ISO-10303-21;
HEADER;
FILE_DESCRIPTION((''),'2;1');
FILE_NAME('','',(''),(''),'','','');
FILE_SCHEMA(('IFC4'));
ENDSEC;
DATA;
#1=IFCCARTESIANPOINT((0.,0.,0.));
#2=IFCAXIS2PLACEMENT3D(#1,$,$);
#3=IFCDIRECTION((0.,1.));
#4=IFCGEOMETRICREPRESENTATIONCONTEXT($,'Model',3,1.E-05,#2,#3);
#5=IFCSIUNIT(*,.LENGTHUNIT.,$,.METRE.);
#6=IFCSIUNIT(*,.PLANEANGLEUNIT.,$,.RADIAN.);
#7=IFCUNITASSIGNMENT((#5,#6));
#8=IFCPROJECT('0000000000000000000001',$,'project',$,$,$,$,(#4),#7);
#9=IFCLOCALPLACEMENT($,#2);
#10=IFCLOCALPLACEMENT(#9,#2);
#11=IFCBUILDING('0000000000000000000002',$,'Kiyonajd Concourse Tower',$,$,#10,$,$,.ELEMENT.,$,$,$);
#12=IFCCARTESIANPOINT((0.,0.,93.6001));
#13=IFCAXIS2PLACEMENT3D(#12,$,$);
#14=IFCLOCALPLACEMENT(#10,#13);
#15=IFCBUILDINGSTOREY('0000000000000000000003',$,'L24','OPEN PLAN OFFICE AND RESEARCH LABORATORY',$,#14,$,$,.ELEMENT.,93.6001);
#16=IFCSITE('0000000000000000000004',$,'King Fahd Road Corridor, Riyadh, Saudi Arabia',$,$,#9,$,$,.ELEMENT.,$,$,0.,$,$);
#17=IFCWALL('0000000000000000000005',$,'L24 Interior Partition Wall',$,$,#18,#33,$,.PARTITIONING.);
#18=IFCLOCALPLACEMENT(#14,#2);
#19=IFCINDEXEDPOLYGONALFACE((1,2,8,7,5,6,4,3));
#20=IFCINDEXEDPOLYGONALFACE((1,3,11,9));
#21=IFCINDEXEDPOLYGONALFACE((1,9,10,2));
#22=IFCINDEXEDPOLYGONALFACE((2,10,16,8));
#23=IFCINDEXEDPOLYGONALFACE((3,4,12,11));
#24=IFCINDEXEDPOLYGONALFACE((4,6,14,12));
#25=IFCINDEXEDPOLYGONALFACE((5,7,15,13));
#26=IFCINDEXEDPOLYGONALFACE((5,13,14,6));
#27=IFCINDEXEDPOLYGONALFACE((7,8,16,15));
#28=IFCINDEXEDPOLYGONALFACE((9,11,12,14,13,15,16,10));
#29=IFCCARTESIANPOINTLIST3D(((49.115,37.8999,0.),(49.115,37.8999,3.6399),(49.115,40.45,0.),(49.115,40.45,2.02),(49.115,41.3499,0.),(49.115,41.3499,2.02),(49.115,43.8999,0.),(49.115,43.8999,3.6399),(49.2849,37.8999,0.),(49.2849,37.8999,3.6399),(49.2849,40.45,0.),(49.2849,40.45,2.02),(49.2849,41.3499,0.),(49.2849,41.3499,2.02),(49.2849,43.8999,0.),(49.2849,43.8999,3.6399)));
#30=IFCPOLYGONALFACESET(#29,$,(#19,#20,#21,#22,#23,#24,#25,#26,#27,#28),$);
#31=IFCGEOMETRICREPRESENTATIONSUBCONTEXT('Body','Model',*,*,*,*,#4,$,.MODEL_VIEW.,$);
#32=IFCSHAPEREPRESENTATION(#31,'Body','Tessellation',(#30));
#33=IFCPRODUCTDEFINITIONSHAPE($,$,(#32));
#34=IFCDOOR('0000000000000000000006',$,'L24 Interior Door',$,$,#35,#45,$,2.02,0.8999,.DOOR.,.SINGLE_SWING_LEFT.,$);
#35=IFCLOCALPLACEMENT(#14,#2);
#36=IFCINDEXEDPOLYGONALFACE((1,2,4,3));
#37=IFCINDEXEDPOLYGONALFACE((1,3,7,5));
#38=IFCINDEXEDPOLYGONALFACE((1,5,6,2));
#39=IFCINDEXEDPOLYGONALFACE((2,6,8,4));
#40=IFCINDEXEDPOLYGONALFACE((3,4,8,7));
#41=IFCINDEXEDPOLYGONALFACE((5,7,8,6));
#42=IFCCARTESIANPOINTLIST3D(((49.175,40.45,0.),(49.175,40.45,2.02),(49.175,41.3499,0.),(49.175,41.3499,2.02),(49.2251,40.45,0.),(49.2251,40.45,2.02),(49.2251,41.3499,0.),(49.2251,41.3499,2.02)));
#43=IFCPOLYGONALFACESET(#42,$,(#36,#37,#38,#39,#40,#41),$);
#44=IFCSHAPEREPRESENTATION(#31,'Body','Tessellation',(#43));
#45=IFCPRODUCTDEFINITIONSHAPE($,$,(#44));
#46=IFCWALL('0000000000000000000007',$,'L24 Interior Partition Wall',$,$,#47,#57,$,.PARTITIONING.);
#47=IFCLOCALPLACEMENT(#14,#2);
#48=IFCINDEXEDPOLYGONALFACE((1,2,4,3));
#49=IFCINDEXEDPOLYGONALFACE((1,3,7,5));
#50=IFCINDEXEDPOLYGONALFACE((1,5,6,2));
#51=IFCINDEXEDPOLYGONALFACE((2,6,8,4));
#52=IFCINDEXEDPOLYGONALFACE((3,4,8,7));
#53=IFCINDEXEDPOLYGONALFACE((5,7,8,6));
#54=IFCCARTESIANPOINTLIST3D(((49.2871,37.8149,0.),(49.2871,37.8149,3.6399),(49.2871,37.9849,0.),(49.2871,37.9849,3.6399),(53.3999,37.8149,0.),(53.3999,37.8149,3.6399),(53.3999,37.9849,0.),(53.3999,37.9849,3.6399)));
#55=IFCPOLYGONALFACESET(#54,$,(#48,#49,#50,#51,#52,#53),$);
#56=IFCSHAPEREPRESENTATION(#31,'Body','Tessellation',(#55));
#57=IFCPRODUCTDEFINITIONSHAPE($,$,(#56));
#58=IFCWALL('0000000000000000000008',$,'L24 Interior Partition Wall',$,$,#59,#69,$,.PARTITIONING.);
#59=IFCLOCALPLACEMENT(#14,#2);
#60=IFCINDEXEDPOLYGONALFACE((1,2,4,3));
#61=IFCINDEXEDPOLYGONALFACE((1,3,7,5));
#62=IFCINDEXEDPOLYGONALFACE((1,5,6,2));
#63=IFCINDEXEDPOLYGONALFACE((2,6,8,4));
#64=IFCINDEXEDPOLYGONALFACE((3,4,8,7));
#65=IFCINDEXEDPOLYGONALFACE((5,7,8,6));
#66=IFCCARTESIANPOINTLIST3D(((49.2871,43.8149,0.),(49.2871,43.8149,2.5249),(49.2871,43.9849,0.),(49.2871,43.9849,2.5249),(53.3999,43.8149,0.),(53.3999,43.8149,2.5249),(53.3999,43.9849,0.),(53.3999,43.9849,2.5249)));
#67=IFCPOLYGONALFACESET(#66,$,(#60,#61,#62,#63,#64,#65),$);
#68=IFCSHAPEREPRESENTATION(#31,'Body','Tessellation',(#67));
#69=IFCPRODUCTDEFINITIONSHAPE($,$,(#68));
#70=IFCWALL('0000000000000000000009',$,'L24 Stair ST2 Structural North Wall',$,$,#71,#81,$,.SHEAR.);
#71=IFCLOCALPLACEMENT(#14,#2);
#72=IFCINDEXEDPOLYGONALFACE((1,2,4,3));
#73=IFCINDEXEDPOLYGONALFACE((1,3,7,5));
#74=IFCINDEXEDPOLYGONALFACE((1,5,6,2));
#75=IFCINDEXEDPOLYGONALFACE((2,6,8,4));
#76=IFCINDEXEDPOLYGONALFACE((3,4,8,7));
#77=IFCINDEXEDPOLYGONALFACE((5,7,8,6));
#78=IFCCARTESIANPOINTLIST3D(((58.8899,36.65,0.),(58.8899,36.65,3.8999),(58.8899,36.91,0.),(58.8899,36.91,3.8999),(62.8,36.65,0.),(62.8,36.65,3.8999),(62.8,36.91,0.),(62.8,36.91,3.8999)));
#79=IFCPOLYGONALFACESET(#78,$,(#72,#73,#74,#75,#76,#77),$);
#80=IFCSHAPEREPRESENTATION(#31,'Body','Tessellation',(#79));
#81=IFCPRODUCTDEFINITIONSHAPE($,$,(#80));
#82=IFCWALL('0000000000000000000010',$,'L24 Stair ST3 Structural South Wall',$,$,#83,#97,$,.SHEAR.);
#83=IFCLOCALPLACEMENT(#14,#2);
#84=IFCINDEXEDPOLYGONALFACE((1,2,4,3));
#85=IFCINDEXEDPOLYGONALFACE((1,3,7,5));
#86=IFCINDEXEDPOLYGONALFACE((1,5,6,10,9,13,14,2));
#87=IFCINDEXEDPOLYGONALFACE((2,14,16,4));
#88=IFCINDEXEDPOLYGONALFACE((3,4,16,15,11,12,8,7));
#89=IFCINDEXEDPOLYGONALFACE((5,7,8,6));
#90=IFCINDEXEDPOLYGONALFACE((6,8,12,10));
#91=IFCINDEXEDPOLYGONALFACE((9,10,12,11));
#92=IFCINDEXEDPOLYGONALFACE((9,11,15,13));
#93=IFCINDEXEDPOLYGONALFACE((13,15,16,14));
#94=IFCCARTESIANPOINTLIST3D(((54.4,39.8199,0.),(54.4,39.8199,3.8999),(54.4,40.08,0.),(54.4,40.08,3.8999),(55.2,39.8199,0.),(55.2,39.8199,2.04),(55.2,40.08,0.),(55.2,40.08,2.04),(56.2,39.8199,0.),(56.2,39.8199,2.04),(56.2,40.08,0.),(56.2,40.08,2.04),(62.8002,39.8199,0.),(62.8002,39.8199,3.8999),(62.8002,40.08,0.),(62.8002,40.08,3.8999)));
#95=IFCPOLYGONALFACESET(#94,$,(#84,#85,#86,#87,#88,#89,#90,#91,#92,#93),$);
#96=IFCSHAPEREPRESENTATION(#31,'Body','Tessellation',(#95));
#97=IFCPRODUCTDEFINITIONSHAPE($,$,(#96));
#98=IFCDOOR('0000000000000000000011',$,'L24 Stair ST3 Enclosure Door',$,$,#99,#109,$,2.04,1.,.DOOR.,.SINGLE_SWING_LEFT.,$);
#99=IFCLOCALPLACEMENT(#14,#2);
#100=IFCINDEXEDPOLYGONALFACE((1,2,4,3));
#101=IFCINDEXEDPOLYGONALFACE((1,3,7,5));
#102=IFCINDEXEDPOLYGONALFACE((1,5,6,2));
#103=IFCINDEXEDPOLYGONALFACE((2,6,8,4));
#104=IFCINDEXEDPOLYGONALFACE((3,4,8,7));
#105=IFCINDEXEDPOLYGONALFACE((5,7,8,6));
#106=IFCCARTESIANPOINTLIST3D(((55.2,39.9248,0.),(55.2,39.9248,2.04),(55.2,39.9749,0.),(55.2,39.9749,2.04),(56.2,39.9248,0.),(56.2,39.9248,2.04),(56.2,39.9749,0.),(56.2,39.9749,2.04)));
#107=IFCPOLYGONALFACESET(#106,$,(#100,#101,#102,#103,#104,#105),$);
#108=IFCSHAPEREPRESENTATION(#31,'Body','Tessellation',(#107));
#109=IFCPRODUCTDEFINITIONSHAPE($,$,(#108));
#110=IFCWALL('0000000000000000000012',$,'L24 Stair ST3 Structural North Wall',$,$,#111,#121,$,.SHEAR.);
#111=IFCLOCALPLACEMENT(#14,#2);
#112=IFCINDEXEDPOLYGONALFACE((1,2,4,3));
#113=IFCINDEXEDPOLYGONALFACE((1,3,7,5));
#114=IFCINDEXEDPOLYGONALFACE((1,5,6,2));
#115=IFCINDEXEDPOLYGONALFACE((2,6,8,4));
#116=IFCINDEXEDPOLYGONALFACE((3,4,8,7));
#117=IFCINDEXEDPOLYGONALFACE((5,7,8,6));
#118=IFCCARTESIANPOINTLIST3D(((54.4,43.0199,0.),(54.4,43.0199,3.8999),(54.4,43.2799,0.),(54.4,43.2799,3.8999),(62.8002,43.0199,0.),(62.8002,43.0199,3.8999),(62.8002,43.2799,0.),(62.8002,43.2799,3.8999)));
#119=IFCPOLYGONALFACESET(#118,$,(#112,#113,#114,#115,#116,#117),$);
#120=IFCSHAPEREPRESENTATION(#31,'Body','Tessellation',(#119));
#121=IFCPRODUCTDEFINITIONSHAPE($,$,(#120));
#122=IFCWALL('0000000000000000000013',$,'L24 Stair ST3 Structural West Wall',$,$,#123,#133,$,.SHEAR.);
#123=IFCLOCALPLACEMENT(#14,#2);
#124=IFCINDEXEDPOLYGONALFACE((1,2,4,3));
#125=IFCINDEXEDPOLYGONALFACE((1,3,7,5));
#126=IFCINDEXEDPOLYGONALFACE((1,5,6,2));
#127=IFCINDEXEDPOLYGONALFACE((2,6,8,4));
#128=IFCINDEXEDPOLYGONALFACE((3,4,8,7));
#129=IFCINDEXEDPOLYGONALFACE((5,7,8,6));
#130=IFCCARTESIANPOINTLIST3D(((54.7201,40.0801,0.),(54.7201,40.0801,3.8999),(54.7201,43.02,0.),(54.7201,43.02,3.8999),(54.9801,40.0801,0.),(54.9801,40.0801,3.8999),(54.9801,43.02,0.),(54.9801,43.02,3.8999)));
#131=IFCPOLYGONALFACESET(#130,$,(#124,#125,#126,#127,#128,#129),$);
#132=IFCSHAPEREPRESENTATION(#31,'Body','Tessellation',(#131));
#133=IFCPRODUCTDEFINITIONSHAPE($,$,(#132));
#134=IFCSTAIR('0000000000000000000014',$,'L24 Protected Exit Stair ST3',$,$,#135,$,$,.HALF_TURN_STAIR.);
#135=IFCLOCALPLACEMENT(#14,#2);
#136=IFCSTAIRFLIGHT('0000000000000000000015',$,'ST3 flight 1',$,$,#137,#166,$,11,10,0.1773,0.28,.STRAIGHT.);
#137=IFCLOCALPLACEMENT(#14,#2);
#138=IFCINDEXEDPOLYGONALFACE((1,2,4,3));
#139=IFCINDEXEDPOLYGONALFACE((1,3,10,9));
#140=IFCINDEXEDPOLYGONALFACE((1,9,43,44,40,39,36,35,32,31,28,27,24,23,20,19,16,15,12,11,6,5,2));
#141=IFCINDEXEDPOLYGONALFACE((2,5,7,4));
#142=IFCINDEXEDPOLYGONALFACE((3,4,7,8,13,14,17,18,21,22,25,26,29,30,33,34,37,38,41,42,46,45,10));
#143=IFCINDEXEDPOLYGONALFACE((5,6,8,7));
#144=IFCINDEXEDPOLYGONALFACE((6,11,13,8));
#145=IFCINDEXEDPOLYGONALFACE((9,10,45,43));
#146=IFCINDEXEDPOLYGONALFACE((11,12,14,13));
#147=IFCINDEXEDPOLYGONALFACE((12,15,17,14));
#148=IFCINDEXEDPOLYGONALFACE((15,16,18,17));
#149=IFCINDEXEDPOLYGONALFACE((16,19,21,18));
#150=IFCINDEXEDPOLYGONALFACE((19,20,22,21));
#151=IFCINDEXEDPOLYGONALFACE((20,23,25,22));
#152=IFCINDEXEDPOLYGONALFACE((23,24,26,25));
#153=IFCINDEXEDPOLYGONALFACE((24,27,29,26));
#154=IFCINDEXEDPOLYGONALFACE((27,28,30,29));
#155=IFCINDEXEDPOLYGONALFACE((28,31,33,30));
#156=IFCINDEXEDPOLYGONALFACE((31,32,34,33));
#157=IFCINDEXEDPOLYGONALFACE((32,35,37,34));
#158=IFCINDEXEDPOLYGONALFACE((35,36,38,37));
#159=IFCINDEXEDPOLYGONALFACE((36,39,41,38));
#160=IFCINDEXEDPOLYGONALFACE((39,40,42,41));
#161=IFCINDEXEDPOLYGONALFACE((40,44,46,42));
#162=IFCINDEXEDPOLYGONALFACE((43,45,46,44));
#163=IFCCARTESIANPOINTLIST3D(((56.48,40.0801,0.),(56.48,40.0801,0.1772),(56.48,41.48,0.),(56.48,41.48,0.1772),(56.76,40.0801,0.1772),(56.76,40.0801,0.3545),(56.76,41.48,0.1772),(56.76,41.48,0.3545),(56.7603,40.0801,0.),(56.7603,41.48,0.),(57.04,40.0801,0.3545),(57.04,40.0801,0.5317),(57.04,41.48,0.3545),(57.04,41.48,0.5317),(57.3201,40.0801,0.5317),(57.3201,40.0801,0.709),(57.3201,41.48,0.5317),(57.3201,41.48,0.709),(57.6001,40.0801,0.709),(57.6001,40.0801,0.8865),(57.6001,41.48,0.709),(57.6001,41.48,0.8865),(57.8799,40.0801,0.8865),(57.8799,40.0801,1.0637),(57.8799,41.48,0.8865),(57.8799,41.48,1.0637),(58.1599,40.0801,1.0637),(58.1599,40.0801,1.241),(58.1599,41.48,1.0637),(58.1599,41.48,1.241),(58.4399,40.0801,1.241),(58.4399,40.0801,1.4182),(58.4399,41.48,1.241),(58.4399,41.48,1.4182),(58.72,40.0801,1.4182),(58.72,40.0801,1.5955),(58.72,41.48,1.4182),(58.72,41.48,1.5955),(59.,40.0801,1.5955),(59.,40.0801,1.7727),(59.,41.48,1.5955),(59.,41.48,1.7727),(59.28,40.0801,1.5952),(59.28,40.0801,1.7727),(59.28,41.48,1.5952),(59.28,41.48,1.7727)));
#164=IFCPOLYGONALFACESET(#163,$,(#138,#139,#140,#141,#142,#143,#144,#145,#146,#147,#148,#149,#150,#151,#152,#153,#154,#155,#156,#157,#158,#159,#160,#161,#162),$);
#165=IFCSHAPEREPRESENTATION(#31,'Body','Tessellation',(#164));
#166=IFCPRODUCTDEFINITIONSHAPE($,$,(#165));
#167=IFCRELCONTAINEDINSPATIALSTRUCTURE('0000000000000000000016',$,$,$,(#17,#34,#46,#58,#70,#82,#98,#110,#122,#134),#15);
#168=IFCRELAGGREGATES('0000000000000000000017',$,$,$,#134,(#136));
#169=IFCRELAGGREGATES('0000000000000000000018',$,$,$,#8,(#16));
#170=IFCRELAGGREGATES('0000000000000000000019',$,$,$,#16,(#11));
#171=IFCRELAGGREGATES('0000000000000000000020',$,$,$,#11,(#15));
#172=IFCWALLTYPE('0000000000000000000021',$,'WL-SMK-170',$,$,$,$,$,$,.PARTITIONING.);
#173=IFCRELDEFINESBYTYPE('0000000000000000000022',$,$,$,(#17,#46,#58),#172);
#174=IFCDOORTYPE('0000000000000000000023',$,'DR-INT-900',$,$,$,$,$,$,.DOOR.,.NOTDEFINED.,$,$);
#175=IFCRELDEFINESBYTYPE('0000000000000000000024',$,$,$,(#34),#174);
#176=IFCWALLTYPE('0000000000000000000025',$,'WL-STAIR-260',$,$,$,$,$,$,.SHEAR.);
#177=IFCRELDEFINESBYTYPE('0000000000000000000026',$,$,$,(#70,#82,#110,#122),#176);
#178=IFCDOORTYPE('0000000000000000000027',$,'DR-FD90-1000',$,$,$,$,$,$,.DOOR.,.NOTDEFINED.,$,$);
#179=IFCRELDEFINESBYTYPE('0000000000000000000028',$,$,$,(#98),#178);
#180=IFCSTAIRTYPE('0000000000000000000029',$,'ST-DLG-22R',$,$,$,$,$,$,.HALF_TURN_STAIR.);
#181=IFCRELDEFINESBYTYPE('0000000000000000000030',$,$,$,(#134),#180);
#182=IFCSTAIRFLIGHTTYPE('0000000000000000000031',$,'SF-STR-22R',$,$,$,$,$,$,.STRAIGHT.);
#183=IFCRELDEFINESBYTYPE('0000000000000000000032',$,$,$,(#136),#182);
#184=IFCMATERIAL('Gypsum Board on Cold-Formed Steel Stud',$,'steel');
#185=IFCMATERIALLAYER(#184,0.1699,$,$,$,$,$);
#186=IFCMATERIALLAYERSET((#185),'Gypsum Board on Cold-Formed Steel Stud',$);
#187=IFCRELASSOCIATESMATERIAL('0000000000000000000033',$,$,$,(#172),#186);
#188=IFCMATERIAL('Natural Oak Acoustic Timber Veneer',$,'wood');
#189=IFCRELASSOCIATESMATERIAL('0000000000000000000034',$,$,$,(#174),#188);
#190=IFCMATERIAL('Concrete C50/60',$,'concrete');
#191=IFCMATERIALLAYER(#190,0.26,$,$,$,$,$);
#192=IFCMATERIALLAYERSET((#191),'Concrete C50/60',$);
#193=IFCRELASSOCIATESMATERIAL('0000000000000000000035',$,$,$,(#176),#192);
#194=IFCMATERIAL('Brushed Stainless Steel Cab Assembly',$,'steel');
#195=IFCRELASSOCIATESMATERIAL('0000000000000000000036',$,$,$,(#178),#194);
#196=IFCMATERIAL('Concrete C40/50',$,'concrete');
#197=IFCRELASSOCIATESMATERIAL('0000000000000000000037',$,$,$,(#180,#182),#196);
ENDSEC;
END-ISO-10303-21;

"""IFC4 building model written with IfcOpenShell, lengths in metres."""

from ifc_helpers import new_model, si_unit, direction, frame, frame_2d, origin, place, context, subcontext, project, spatial, polyline, rectangle, outline, extrude, material, layer, layer_set, type_object, element, fill, aggregate, save


model = new_model("IFC4")

# Units and contexts
model_context = context("Model", 3, precision=1e-05, world=origin(), true_north=direction((0.0, 1.0)))
body_context = subcontext(model_context, "Body", "Model", "MODEL_VIEW")
ifc_project = project(units=[si_unit("LENGTHUNIT", "METRE"), si_unit("PLANEANGLEUNIT", "RADIAN")], contexts=[model_context])

# Site, building, storey
site_placement = place(None, origin())
site = spatial("IfcSite", under=ifc_project, at=site_placement, Name="King Fahd Road Corridor, Riyadh, Saudi Arabia", CompositionType="ELEMENT", RefElevation=0.0)
building_placement = place(site_placement, origin())
building = spatial("IfcBuilding", under=site, at=building_placement, Name="Kiyonajd Concourse Tower", CompositionType="ELEMENT")
storey_placement = place(building_placement, frame((0.0, 0.0, 93.6001)))
storey = spatial("IfcBuildingStorey", under=building, at=storey_placement, Name="L24", Description="OPEN PLAN OFFICE AND RESEARCH LABORATORY", CompositionType="ELEMENT", Elevation=93.6001)

# Shared definitions
ifc_material_1 = material(Name="Concrete C50/60", Category="concrete")

# Shared definitions
ifc_material_2 = material(Name="Gypsum Board on Cold-Formed Steel Stud", Category="steel")
ifc_layer_1 = layer(ifc_material_2, 0.1699)
ifc_layer_set_1 = layer_set([ifc_layer_1], Name="Gypsum Board on Cold-Formed Steel Stud")
wall_type_1 = type_object("IfcWallType", Name="WL-SMK-170", PredefinedType="PARTITIONING", material=ifc_layer_set_1)

# Shared definitions
ifc_material_3 = material(Name="Brushed Stainless Steel Cab Assembly", Category="steel")

# Wall, opening, door
wall_1_placement = place(storey_placement, frame((49.2, 37.8999, 0.0), z_axis=(0.0, 0.0, 1.0), x_axis=(0.0, 1.0, 0.0)))
wall_1 = element("IfcWall", 1, at=wall_1_placement, inside=storey, type_object=wall_type_1, Name="L24 Interior Partition Wall", PredefinedType="PARTITIONING", context=body_context, shape_type="SweptSolid", body=[
    extrude(rectangle(XDim=6.0, YDim=0.1699, at=frame_2d((3.0, 0.0))), origin(), (0.0, 0.0, 1.0), 3.6399),
])
opening_1_placement = place(wall_1_placement, frame((2.55, 0.0, 0.0)))
opening_1 = element("IfcOpeningElement", 2, at=opening_1_placement, cuts=wall_1, PredefinedType="OPENING", context=body_context, shape_type="SweptSolid", body=[
    extrude(rectangle(XDim=0.8999, YDim=2.02, at=frame_2d((0.45, 1.01))), frame((0.0, 0.095, 0.0), z_axis=(0.0, -1.0, 0.0), x_axis=(1.0, 0.0, 0.0)), (0.0, 0.0, 1.0), 0.1899),
])
ifc_material_4 = material(Name="Natural Oak Acoustic Timber Veneer", Category="wood")
door_type_1 = type_object("IfcDoorType", Name="DR-INT-900", OperationType="NOTDEFINED", PredefinedType="DOOR", material=ifc_material_4)
door_1_placement = place(opening_1_placement, origin())
door_1 = element("IfcDoor", 3, at=door_1_placement, inside=storey, type_object=door_type_1, Name="L24 Interior Door", OperationType="SINGLE_SWING_LEFT", OverallHeight=2.02, OverallWidth=0.8999, PredefinedType="DOOR", context=body_context, shape_type="SweptSolid", body=[
    extrude(rectangle(XDim=0.8999, YDim=2.02, at=frame_2d((0.45, 1.01))), frame((0.0, 0.0249, 0.0), z_axis=(0.0, -1.0, 0.0), x_axis=(1.0, 0.0, 0.0)), (0.0, 0.0, 1.0), 0.05),
])
fill(opening_1, door_1)

# Walls
wall_2_placement = place(storey_placement, frame((49.2871, 37.8999, 0.0), z_axis=(0.0, 0.0, 1.0), x_axis=(1.0, 0.0, 0.0)))
element("IfcWall", 4, at=wall_2_placement, inside=storey, type_object=wall_type_1, Name="L24 Interior Partition Wall", PredefinedType="PARTITIONING", context=body_context, shape_type="SweptSolid", body=[
    extrude(rectangle(XDim=4.1128, YDim=0.1699, at=frame_2d((2.0564, 0.0))), origin(), (0.0, 0.0, 1.0), 3.6399),
])
wall_3_placement = place(storey_placement, frame((49.2871, 43.8999, 0.0), z_axis=(0.0, 0.0, 1.0), x_axis=(1.0, 0.0, 0.0)))
element("IfcWall", 5, at=wall_3_placement, inside=storey, type_object=wall_type_1, Name="L24 Interior Partition Wall", PredefinedType="PARTITIONING", context=body_context, shape_type="SweptSolid", body=[
    extrude(rectangle(XDim=4.1128, YDim=0.1699, at=frame_2d((2.0564, 0.0))), origin(), (0.0, 0.0, 1.0), 2.5249),
])
ifc_layer_2 = layer(ifc_material_1, 0.26)
ifc_layer_set_2 = layer_set([ifc_layer_2], Name="Concrete C50/60")
wall_type_2 = type_object("IfcWallType", Name="WL-STAIR-260", PredefinedType="SHEAR", material=ifc_layer_set_2)
wall_4_placement = place(storey_placement, frame((58.8899, 36.78, 0.0), z_axis=(0.0, 0.0, 1.0), x_axis=(1.0, 0.0, 0.0)))
element("IfcWall", 6, at=wall_4_placement, inside=storey, type_object=wall_type_2, Name="L24 Stair ST2 Structural North Wall", PredefinedType="SHEAR", context=body_context, shape_type="SweptSolid", body=[
    extrude(rectangle(XDim=3.9102, YDim=0.26, at=frame_2d((1.9551, 0.0))), origin(), (0.0, 0.0, 1.0), 3.8999),
])

# Wall, opening, door
wall_5_placement = place(storey_placement, frame((54.3999, 39.95, 0.0), z_axis=(0.0, 0.0, 1.0), x_axis=(1.0, 0.0, 0.0)))
wall_5 = element("IfcWall", 7, at=wall_5_placement, inside=storey, type_object=wall_type_2, Name="L24 Stair ST3 Structural South Wall", PredefinedType="SHEAR", context=body_context, shape_type="SweptSolid", body=[
    extrude(rectangle(XDim=8.4001, YDim=0.26, at=frame_2d((4.2002, 0.0))), origin(), (0.0, 0.0, 1.0), 3.8999),
])
opening_2_placement = place(wall_5_placement, frame((0.8, 0.0, 0.0)))
opening_2 = element("IfcOpeningElement", 8, at=opening_2_placement, cuts=wall_5, PredefinedType="OPENING", context=body_context, shape_type="SweptSolid", body=[
    extrude(rectangle(XDim=1.0, YDim=2.04, at=frame_2d((0.5, 1.02))), frame((0.0, 0.1399, 0.0), z_axis=(0.0, -1.0, 0.0), x_axis=(1.0, 0.0, 0.0)), (0.0, 0.0, 1.0), 0.28),
])
door_type_2 = type_object("IfcDoorType", Name="DR-FD90-1000", OperationType="NOTDEFINED", PredefinedType="DOOR", material=ifc_material_3)
door_2_placement = place(opening_2_placement, origin())
door_2 = element("IfcDoor", 9, at=door_2_placement, inside=storey, type_object=door_type_2, Name="L24 Stair ST3 Enclosure Door", OperationType="SINGLE_SWING_LEFT", OverallHeight=2.04, OverallWidth=1.0, PredefinedType="DOOR", context=body_context, shape_type="SweptSolid", body=[
    extrude(rectangle(XDim=1.0, YDim=2.04, at=frame_2d((0.5, 1.02))), frame((0.0, 0.0249, 0.0), z_axis=(0.0, -1.0, 0.0), x_axis=(1.0, 0.0, 0.0)), (0.0, 0.0, 1.0), 0.05),
])
fill(opening_2, door_2)

# Walls
wall_6_placement = place(storey_placement, frame((54.3999, 43.1499, 0.0), z_axis=(0.0, 0.0, 1.0), x_axis=(1.0, 0.0, 0.0)))
element("IfcWall", 10, at=wall_6_placement, inside=storey, type_object=wall_type_2, Name="L24 Stair ST3 Structural North Wall", PredefinedType="SHEAR", context=body_context, shape_type="SweptSolid", body=[
    extrude(rectangle(XDim=8.4001, YDim=0.26, at=frame_2d((4.2002, 0.0))), origin(), (0.0, 0.0, 1.0), 3.8999),
])
wall_7_placement = place(storey_placement, frame((54.8501, 40.0801, 0.0), z_axis=(0.0, 0.0, 1.0), x_axis=(0.0, 1.0, 0.0)))
element("IfcWall", 11, at=wall_7_placement, inside=storey, type_object=wall_type_2, Name="L24 Stair ST3 Structural West Wall", PredefinedType="SHEAR", context=body_context, shape_type="SweptSolid", body=[
    extrude(rectangle(XDim=2.9399, YDim=0.26, at=frame_2d((1.47, 0.0))), origin(), (0.0, 0.0, 1.0), 3.8999),
])

# Stair, stair flight
ifc_material_5 = material(Name="Concrete C40/50", Category="concrete")
stair_type = type_object("IfcStairType", Name="ST-DLG-22R", PredefinedType="HALF_TURN_STAIR", material=ifc_material_5)
stair_placement = place(storey_placement, origin())
stair = element("IfcStair", 12, at=stair_placement, inside=storey, type_object=stair_type, Name="L24 Protected Exit Stair ST3", PredefinedType="HALF_TURN_STAIR")
stair_flight_type = type_object("IfcStairFlightType", Name="SF-STR-22R", PredefinedType="STRAIGHT", material=ifc_material_5)
stair_flight_1_placement = place(storey_placement, frame((56.48, 40.78, 0.0), z_axis=(0.0, 0.0, 1.0), x_axis=(1.0, 0.0, 0.0)))
stair_flight_1 = element("IfcStairFlight", 13, at=stair_flight_1_placement, type_object=stair_flight_type, Name="ST3 flight 1", NumberOfRisers=11, NumberOfTreads=10, PredefinedType="STRAIGHT", RiserHeight=0.1773, TreadLength=0.28, context=body_context, shape_type="SweptSolid", body=[
    extrude(outline(polyline([(0.0, 0.0), (0.0, 0.1772), (0.28, 0.1772), (0.28, 0.3545), (0.5601, 0.3545), (0.5601, 0.5317), (0.8401, 0.5317), (0.8401, 0.709), (1.1201, 0.709), (1.1201, 0.8865), (1.3999, 0.8865), (1.3999, 1.0637), (1.6799, 1.0637), (1.6799, 1.241), (1.96, 1.241), (1.96, 1.4182), (2.24, 1.4182), (2.24, 1.5955), (2.52, 1.5955), (2.52, 1.7727), (2.8, 1.7727), (2.8, 1.95), (2.8, 1.5952), (0.2803, 0.0), (0.0, 0.0)])), frame((0.0, 0.7, 0.0), z_axis=(0.0, -1.0, 0.0), x_axis=(1.0, 0.0, 0.0)), (0.0, 0.0, 1.0), 1.3999),
])
aggregate(stair, [stair_flight_1])

save(model, "model.ifc")
